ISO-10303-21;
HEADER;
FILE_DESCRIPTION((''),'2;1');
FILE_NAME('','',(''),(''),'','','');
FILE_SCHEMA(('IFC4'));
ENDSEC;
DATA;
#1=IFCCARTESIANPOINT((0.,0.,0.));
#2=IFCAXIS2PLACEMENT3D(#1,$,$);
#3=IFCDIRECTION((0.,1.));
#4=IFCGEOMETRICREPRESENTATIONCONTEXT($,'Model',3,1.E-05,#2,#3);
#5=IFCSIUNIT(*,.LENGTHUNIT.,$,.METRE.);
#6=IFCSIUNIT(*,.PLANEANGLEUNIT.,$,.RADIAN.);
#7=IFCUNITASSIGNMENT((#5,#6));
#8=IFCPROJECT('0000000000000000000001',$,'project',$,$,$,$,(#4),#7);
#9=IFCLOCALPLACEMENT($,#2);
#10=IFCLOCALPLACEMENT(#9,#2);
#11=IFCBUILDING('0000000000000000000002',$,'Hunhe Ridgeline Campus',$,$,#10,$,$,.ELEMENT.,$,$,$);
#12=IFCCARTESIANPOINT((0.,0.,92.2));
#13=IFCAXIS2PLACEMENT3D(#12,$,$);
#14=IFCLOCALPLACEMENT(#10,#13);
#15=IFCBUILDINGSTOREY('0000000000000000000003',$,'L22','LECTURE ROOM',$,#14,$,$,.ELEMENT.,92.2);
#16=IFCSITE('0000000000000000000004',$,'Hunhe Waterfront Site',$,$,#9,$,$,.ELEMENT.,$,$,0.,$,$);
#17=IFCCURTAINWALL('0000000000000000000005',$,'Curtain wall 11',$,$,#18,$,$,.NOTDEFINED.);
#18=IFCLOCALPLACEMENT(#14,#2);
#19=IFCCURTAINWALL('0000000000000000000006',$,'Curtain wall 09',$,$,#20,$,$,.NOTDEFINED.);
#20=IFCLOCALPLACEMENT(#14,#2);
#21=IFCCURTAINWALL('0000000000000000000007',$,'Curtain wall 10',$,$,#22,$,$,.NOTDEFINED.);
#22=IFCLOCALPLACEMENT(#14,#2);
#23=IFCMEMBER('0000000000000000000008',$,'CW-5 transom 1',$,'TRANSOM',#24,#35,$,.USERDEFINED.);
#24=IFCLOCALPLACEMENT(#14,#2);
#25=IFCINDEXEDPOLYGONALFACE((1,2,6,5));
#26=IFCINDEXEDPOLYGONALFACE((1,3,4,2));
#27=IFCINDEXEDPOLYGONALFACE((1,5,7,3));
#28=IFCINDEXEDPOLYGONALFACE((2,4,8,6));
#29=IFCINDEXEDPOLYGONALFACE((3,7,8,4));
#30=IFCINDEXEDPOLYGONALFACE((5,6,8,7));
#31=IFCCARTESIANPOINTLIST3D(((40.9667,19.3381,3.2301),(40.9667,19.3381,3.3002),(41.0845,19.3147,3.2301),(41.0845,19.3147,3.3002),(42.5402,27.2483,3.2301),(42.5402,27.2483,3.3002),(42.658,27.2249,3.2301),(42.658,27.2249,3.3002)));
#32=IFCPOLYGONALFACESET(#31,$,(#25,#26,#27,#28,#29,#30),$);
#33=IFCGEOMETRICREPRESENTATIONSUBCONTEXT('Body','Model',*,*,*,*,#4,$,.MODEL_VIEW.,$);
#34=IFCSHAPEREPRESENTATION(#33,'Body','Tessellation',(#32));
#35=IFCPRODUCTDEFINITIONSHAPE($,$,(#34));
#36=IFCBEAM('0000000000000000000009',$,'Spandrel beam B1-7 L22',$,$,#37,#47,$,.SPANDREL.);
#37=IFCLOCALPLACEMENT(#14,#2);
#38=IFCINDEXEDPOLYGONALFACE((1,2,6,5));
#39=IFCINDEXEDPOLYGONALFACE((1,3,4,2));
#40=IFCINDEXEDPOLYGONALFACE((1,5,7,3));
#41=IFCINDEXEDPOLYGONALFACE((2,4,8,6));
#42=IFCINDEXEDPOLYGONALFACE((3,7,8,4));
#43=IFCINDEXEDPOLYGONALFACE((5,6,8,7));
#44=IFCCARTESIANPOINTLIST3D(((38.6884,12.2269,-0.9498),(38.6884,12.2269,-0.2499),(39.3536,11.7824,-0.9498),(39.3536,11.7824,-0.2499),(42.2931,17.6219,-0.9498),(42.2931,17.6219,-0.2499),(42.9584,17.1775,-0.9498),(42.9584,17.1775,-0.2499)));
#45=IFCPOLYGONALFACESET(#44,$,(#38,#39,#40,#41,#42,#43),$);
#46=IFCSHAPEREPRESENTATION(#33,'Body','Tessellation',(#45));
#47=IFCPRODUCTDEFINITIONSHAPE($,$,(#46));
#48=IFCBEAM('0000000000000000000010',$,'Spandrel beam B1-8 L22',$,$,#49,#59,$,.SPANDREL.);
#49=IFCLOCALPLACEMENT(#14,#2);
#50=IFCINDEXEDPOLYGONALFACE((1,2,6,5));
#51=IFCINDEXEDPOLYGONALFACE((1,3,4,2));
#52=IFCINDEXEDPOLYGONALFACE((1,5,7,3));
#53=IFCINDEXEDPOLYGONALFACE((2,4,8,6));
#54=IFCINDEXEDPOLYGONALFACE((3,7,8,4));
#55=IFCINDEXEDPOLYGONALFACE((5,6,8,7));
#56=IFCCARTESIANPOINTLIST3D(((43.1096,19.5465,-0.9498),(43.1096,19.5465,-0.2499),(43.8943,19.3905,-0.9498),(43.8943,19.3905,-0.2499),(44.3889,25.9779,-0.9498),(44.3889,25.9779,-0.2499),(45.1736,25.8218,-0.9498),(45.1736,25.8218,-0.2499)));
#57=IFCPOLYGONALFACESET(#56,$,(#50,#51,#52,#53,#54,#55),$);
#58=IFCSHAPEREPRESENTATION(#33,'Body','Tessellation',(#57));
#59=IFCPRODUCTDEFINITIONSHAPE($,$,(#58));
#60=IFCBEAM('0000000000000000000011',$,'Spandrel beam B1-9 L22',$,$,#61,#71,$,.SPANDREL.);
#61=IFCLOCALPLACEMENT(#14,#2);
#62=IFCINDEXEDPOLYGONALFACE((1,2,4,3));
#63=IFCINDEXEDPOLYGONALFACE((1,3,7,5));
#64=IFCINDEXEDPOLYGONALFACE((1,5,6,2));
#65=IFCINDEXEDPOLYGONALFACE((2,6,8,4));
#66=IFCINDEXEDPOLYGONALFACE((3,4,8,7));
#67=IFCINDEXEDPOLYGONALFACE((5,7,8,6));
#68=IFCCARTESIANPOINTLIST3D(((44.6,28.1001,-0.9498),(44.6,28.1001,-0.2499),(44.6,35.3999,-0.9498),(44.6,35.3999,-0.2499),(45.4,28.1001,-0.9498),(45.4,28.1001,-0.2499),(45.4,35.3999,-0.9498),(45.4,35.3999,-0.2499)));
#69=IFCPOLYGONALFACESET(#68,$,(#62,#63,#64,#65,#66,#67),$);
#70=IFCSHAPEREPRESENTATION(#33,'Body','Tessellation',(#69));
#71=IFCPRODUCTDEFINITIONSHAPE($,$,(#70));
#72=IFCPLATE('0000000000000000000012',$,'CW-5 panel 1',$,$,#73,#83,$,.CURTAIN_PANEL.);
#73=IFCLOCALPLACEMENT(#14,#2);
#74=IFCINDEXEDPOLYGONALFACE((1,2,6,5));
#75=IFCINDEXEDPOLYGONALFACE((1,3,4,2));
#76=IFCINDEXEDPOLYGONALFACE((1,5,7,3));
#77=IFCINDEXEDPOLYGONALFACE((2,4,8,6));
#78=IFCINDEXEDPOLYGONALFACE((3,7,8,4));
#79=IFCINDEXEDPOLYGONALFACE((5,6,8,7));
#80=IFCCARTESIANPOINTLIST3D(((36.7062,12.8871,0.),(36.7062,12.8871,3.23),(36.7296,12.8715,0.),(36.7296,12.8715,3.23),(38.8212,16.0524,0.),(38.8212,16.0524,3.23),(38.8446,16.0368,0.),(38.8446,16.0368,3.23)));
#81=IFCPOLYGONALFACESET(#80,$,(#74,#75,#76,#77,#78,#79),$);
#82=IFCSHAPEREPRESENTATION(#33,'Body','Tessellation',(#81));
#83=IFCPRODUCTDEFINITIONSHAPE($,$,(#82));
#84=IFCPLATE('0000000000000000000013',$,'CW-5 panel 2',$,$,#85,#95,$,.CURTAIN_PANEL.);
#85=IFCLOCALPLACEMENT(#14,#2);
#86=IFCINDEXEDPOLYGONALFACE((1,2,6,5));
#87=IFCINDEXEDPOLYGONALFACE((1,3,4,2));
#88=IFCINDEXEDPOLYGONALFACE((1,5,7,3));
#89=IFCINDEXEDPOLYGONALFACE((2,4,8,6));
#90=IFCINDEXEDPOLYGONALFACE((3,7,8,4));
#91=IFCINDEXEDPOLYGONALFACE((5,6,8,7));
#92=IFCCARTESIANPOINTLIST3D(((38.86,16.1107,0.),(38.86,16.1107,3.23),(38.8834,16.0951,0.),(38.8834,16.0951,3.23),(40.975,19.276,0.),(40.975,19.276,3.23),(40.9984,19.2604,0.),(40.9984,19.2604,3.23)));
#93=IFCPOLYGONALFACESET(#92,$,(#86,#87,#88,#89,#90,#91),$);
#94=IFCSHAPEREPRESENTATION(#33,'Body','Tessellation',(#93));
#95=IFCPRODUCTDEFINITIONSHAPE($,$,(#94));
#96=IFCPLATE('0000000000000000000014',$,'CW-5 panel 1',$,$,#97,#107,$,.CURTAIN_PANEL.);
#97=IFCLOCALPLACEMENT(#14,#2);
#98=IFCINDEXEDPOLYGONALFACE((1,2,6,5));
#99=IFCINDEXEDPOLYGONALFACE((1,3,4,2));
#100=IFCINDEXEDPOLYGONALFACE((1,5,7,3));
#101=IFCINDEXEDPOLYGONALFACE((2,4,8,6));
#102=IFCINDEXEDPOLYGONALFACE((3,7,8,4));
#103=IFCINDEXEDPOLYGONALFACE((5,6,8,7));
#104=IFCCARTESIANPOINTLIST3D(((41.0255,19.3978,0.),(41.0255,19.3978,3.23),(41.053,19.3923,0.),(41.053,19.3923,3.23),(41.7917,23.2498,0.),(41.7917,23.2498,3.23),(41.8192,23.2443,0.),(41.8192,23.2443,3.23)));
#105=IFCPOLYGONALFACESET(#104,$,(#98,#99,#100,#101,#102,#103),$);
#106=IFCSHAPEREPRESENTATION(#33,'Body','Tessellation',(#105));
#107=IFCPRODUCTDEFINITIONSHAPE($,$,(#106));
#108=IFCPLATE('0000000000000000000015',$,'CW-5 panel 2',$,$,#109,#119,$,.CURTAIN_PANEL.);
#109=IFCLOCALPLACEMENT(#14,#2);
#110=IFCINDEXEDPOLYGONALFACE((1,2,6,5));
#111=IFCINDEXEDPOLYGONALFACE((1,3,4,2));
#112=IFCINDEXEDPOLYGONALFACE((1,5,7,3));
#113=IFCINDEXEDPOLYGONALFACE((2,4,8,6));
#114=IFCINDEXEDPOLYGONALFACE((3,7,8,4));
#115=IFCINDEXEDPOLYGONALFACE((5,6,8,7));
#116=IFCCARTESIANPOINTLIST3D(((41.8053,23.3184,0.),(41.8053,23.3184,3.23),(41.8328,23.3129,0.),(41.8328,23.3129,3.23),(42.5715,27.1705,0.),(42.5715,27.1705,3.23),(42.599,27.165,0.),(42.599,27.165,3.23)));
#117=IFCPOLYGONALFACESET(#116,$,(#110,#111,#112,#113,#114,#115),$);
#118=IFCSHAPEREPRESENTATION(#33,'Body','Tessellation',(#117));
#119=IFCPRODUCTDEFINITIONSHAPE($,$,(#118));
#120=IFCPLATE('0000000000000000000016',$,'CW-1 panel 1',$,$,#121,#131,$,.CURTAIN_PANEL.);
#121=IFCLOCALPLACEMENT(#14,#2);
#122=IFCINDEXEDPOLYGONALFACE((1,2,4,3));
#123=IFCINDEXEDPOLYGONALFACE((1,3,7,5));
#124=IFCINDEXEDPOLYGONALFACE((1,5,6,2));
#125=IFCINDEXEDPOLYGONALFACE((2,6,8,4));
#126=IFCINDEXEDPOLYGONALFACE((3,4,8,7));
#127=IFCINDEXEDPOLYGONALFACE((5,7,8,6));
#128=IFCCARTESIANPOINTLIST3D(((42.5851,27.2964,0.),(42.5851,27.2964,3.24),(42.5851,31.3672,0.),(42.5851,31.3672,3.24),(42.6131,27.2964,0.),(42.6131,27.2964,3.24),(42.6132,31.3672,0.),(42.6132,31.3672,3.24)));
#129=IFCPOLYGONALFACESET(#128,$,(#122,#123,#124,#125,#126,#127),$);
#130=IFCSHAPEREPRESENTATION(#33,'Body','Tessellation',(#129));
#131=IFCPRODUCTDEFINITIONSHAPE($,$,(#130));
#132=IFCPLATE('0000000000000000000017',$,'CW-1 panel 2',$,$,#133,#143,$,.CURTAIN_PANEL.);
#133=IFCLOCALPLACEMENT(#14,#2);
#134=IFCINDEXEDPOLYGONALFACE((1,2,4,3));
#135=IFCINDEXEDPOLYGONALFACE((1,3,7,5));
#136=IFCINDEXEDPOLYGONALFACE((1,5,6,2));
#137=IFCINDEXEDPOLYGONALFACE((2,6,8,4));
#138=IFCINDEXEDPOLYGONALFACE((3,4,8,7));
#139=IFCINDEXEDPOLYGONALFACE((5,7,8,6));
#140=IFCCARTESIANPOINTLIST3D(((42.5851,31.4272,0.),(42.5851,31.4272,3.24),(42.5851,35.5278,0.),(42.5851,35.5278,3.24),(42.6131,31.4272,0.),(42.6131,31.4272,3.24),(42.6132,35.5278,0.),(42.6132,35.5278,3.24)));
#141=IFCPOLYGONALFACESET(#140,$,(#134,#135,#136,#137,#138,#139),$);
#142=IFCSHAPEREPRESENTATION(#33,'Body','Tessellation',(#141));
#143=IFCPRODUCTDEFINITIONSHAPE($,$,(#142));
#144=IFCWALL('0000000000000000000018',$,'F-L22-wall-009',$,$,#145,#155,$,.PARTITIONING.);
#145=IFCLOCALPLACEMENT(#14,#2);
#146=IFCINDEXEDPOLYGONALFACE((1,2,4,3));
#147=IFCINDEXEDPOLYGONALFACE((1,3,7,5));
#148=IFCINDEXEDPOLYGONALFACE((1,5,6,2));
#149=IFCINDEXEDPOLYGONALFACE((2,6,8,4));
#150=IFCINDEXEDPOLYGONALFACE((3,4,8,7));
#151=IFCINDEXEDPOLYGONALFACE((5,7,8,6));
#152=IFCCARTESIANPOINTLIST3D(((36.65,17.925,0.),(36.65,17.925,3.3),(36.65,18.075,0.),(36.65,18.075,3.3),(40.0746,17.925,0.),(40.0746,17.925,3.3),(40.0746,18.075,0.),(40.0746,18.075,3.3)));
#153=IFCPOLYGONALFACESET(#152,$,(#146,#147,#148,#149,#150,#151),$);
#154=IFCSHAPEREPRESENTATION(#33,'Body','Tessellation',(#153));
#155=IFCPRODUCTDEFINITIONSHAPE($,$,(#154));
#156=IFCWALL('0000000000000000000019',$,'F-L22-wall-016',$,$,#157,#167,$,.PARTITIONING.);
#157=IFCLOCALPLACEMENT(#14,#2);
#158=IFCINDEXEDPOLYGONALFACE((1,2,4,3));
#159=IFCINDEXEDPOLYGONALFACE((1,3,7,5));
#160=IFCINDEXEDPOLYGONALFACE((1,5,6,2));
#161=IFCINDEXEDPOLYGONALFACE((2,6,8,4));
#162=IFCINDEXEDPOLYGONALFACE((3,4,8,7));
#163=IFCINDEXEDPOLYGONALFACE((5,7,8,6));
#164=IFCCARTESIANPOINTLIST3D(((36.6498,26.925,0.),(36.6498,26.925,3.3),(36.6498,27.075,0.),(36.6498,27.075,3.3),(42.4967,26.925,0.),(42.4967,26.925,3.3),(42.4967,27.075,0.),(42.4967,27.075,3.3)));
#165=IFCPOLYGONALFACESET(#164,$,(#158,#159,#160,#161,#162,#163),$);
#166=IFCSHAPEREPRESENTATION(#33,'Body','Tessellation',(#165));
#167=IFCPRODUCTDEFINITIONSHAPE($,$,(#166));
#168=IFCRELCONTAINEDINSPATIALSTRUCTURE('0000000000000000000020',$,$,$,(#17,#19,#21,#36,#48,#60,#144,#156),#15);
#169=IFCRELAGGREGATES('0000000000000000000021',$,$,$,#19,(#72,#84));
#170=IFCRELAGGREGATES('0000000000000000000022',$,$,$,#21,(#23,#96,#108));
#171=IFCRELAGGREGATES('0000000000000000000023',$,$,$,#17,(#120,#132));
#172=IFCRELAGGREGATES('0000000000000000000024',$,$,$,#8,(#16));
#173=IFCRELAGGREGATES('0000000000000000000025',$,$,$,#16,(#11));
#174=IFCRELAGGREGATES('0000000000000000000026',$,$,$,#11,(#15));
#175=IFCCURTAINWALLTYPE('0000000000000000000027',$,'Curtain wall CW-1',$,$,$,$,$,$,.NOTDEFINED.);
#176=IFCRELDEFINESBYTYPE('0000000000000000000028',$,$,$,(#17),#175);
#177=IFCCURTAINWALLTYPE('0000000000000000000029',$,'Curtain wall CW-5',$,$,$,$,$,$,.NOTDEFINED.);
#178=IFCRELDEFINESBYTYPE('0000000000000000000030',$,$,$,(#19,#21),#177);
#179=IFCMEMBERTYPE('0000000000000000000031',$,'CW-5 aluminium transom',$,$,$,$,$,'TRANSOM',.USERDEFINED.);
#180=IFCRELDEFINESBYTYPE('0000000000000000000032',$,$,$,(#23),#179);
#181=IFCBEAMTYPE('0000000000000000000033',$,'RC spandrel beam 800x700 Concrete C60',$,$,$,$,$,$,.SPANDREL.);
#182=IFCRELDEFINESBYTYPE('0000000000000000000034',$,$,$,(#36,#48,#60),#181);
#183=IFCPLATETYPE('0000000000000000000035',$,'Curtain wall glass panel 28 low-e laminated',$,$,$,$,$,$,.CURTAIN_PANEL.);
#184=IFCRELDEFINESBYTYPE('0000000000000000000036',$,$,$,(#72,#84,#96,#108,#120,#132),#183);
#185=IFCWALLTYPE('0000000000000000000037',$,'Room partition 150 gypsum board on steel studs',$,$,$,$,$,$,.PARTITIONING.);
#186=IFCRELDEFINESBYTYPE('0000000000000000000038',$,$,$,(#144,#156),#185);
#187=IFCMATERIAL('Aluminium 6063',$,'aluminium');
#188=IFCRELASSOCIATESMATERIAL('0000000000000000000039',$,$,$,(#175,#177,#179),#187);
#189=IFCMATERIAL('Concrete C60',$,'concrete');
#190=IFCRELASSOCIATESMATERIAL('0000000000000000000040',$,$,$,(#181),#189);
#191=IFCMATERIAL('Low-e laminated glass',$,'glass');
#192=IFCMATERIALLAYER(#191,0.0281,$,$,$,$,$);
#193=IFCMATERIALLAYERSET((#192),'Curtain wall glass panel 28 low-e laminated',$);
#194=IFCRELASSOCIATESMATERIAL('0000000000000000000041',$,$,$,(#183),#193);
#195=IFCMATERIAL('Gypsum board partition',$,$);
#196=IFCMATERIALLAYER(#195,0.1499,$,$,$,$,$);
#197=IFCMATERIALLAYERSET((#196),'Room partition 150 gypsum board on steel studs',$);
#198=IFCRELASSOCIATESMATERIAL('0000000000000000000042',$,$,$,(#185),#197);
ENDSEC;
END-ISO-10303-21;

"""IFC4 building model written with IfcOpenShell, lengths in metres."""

from ifc_helpers import new_model, si_unit, direction, frame, frame_2d, origin, origin_2d, place, context, subcontext, project, spatial, rectangle, extrude, material, layer, layer_set, material_profile, profile_set, type_object, element, aggregate, save


model = new_model("IFC4")

# Units and contexts
model_context = context("Model", 3, precision=1e-05, world=origin(), true_north=direction((0.0, 1.0)))
body_context = subcontext(model_context, "Body", "Model", "MODEL_VIEW")
ifc_project = project(units=[si_unit("LENGTHUNIT", "METRE"), si_unit("PLANEANGLEUNIT", "RADIAN")], contexts=[model_context])

# Site, building, storey
site_placement = place(None, origin())
site = spatial("IfcSite", under=ifc_project, at=site_placement, Name="Hunhe Waterfront Site", CompositionType="ELEMENT", RefElevation=0.0)
building_placement = place(site_placement, origin())
building = spatial("IfcBuilding", under=site, at=building_placement, Name="Hunhe Ridgeline Campus", CompositionType="ELEMENT")
storey_placement = place(building_placement, frame((0.0, 0.0, 92.2)))
storey = spatial("IfcBuildingStorey", under=building, at=storey_placement, Name="L22", Description="LECTURE ROOM", CompositionType="ELEMENT", Elevation=92.2)

# Curtain walls
ifc_material_1 = material(Name="Aluminium 6063", Category="aluminium")
curtain_wall_type_1 = type_object("IfcCurtainWallType", Name="Curtain wall CW-1", PredefinedType="NOTDEFINED", material=ifc_material_1)
curtain_wall_1_placement = place(storey_placement, origin())
curtain_wall_1 = element("IfcCurtainWall", 1, at=curtain_wall_1_placement, inside=storey, type_object=curtain_wall_type_1, Name="Curtain wall 11", PredefinedType="NOTDEFINED")
curtain_wall_type_2 = type_object("IfcCurtainWallType", Name="Curtain wall CW-5", PredefinedType="NOTDEFINED", material=ifc_material_1)
curtain_wall_2_placement = place(storey_placement, origin())
curtain_wall_2 = element("IfcCurtainWall", 2, at=curtain_wall_2_placement, inside=storey, type_object=curtain_wall_type_2, Name="Curtain wall 09", PredefinedType="NOTDEFINED")
curtain_wall_3_placement = place(storey_placement, origin())
curtain_wall_3 = element("IfcCurtainWall", 3, at=curtain_wall_3_placement, inside=storey, type_object=curtain_wall_type_2, Name="Curtain wall 10", PredefinedType="NOTDEFINED")

# Member
ifc_material_profile_1 = material_profile(ifc_material_1, rectangle(XDim=0.1201, YDim=0.0701, at=origin_2d()))
ifc_profile_set_1 = profile_set([ifc_material_profile_1], Name="Aluminium 6063")
member_type_1 = type_object("IfcMemberType", Name="CW-5 aluminium transom", ElementType="TRANSOM", PredefinedType="USERDEFINED", material=ifc_profile_set_1)
member_1_placement = place(storey_placement, frame((41.0256, 19.3264, 3.2651), z_axis=(0.195097, 0.980784, 0.0), x_axis=(-0.980784, 0.195097, 0.0)))
member_1 = element("IfcMember", 4, at=member_1_placement, type_object=member_type_1, Name="CW-5 transom 1", ObjectType="TRANSOM", PredefinedType="USERDEFINED", context=body_context, shape_type="SweptSolid", body=[
    extrude(rectangle(XDim=0.1201, YDim=0.0701, at=origin_2d()), origin(), (0.0, 0.0, 1.0), 8.0652),
])

# Beams
ifc_material_2 = material(Name="Concrete C60", Category="concrete")
ifc_material_profile_2 = material_profile(ifc_material_2, rectangle(XDim=0.8, YDim=0.7, at=origin_2d()))
ifc_profile_set_2 = profile_set([ifc_material_profile_2], Name="Concrete C60")
beam_type = type_object("IfcBeamType", Name="RC spandrel beam 800x700 Concrete C60", PredefinedType="SPANDREL", material=ifc_profile_set_2)
beam_1_placement = place(storey_placement, frame((39.021, 12.0046, -0.5999), z_axis=(0.55556, 0.831477, 0.0), x_axis=(-0.831477, 0.55556, 0.0)))
element("IfcBeam", 5, at=beam_1_placement, inside=storey, type_object=beam_type, Name="Spandrel beam B1-7 L22", PredefinedType="SPANDREL", context=body_context, shape_type="SweptSolid", body=[
    extrude(rectangle(XDim=0.8, YDim=0.7, at=origin_2d()), origin(), (0.0, 0.0, 1.0), 6.4885),
])
beam_2_placement = place(storey_placement, frame((43.502, 19.4685, -0.5999), z_axis=(0.195092, 0.980785, 0.0), x_axis=(-0.980785, 0.195092, 0.0)))
element("IfcBeam", 6, at=beam_2_placement, inside=storey, type_object=beam_type, Name="Spandrel beam B1-8 L22", PredefinedType="SPANDREL", context=body_context, shape_type="SweptSolid", body=[
    extrude(rectangle(XDim=0.8, YDim=0.7, at=origin_2d()), origin(), (0.0, 0.0, 1.0), 6.5574),
])
beam_3_placement = place(storey_placement, frame((45.0, 28.1001, -0.5999), z_axis=(0.0, 1.0, 0.0), x_axis=(-1.0, 0.0, 0.0)))
element("IfcBeam", 7, at=beam_3_placement, inside=storey, type_object=beam_type, Name="Spandrel beam B1-9 L22", PredefinedType="SPANDREL", context=body_context, shape_type="SweptSolid", body=[
    extrude(rectangle(XDim=0.8, YDim=0.7, at=origin_2d()), origin(), (0.0, 0.0, 1.0), 7.2998),
])

# Plates
ifc_material_3 = material(Name="Low-e laminated glass", Category="glass")
ifc_layer_1 = layer(ifc_material_3, 0.0281)
ifc_layer_set_1 = layer_set([ifc_layer_1], Name="Curtain wall glass panel 28 low-e laminated")
plate_type = type_object("IfcPlateType", Name="Curtain wall glass panel 28 low-e laminated", PredefinedType="CURTAIN_PANEL", material=ifc_layer_set_1)
plate_1_placement = place(storey_placement, frame((37.7754, 14.4619, 0.0), z_axis=(0.0, 0.0, 1.0), x_axis=(0.55557, 0.83147, 0.0)))
plate_1 = element("IfcPlate", 8, at=plate_1_placement, type_object=plate_type, Name="CW-5 panel 1", PredefinedType="CURTAIN_PANEL", context=body_context, shape_type="SweptSolid", body=[
    extrude(rectangle(XDim=3.8069, YDim=0.0281, at=origin_2d()), origin(), (0.0, 0.0, 1.0), 3.23),
])
plate_2_placement = place(storey_placement, frame((39.9292, 17.6855, 0.0), z_axis=(0.0, 0.0, 1.0), x_axis=(0.55557, 0.83147, 0.0)))
plate_2 = element("IfcPlate", 9, at=plate_2_placement, type_object=plate_type, Name="CW-5 panel 2", PredefinedType="CURTAIN_PANEL", context=body_context, shape_type="SweptSolid", body=[
    extrude(rectangle(XDim=3.8069, YDim=0.0281, at=origin_2d()), origin(), (0.0, 0.0, 1.0), 3.23),
])
aggregate(curtain_wall_2, [plate_1, plate_2])
plate_3_placement = place(storey_placement, frame((41.4224, 21.321, 0.0), z_axis=(0.0, 0.0, 1.0), x_axis=(0.19509, 0.980785, 0.0)))
plate_3 = element("IfcPlate", 10, at=plate_3_placement, type_object=plate_type, Name="CW-5 panel 1", PredefinedType="CURTAIN_PANEL", context=body_context, shape_type="SweptSolid", body=[
    extrude(rectangle(XDim=3.9275, YDim=0.0281, at=origin_2d()), origin(), (0.0, 0.0, 1.0), 3.23),
])
plate_4_placement = place(storey_placement, frame((42.2021, 25.2417, 0.0), z_axis=(0.0, 0.0, 1.0), x_axis=(0.19509, 0.980785, 0.0)))
plate_4 = element("IfcPlate", 11, at=plate_4_placement, type_object=plate_type, Name="CW-5 panel 2", PredefinedType="CURTAIN_PANEL", context=body_context, shape_type="SweptSolid", body=[
    extrude(rectangle(XDim=3.9275, YDim=0.0281, at=origin_2d()), origin(), (0.0, 0.0, 1.0), 3.23),
])
aggregate(curtain_wall_3, [member_1, plate_3, plate_4])
plate_5_placement = place(storey_placement, frame((42.5991, 29.3318, 0.0), z_axis=(0.0, 0.0, 1.0), x_axis=(0.000011, 1.0, 0.0)))
plate_5 = element("IfcPlate", 12, at=plate_5_placement, type_object=plate_type, Name="CW-1 panel 1", PredefinedType="CURTAIN_PANEL", context=body_context, shape_type="SweptSolid", body=[
    extrude(rectangle(XDim=4.0708, YDim=0.0281, at=origin_2d()), origin(), (0.0, 0.0, 1.0), 3.24),
])
plate_6_placement = place(storey_placement, frame((42.5991, 33.4775, 0.0), z_axis=(0.0, 0.0, 1.0), x_axis=(0.000011, 1.0, 0.0)))
plate_6 = element("IfcPlate", 13, at=plate_6_placement, type_object=plate_type, Name="CW-1 panel 2", PredefinedType="CURTAIN_PANEL", context=body_context, shape_type="SweptSolid", body=[
    extrude(rectangle(XDim=4.1006, YDim=0.0281, at=origin_2d()), origin(), (0.0, 0.0, 1.0), 3.24),
])
aggregate(curtain_wall_1, [plate_5, plate_6])

# Walls
ifc_material_4 = material(Name="Gypsum board partition")
ifc_layer_2 = layer(ifc_material_4, 0.1499)
ifc_layer_set_2 = layer_set([ifc_layer_2], Name="Room partition 150 gypsum board on steel studs")
wall_type = type_object("IfcWallType", Name="Room partition 150 gypsum board on steel studs", PredefinedType="PARTITIONING", material=ifc_layer_set_2)
wall_1_placement = place(storey_placement, frame((36.6499, 18.0, 0.0), z_axis=(0.0, 0.0, 1.0), x_axis=(1.0, 0.0, 0.0)))
element("IfcWall", 14, at=wall_1_placement, inside=storey, type_object=wall_type, Name="F-L22-wall-009", PredefinedType="PARTITIONING", context=body_context, shape_type="SweptSolid", body=[
    extrude(rectangle(XDim=3.4246, YDim=0.1499, at=frame_2d((1.7124, 0.0))), origin(), (0.0, 0.0, 1.0), 3.3),
])
wall_2_placement = place(storey_placement, frame((36.6499, 27.0, 0.0), z_axis=(0.0, 0.0, 1.0), x_axis=(1.0, 0.0, 0.0)))
element("IfcWall", 15, at=wall_2_placement, inside=storey, type_object=wall_type, Name="F-L22-wall-016", PredefinedType="PARTITIONING", context=body_context, shape_type="SweptSolid", body=[
    extrude(rectangle(XDim=5.8469, YDim=0.1499, at=frame_2d((2.9233, 0.0))), origin(), (0.0, 0.0, 1.0), 3.3),
])

save(model, "model.ifc")
